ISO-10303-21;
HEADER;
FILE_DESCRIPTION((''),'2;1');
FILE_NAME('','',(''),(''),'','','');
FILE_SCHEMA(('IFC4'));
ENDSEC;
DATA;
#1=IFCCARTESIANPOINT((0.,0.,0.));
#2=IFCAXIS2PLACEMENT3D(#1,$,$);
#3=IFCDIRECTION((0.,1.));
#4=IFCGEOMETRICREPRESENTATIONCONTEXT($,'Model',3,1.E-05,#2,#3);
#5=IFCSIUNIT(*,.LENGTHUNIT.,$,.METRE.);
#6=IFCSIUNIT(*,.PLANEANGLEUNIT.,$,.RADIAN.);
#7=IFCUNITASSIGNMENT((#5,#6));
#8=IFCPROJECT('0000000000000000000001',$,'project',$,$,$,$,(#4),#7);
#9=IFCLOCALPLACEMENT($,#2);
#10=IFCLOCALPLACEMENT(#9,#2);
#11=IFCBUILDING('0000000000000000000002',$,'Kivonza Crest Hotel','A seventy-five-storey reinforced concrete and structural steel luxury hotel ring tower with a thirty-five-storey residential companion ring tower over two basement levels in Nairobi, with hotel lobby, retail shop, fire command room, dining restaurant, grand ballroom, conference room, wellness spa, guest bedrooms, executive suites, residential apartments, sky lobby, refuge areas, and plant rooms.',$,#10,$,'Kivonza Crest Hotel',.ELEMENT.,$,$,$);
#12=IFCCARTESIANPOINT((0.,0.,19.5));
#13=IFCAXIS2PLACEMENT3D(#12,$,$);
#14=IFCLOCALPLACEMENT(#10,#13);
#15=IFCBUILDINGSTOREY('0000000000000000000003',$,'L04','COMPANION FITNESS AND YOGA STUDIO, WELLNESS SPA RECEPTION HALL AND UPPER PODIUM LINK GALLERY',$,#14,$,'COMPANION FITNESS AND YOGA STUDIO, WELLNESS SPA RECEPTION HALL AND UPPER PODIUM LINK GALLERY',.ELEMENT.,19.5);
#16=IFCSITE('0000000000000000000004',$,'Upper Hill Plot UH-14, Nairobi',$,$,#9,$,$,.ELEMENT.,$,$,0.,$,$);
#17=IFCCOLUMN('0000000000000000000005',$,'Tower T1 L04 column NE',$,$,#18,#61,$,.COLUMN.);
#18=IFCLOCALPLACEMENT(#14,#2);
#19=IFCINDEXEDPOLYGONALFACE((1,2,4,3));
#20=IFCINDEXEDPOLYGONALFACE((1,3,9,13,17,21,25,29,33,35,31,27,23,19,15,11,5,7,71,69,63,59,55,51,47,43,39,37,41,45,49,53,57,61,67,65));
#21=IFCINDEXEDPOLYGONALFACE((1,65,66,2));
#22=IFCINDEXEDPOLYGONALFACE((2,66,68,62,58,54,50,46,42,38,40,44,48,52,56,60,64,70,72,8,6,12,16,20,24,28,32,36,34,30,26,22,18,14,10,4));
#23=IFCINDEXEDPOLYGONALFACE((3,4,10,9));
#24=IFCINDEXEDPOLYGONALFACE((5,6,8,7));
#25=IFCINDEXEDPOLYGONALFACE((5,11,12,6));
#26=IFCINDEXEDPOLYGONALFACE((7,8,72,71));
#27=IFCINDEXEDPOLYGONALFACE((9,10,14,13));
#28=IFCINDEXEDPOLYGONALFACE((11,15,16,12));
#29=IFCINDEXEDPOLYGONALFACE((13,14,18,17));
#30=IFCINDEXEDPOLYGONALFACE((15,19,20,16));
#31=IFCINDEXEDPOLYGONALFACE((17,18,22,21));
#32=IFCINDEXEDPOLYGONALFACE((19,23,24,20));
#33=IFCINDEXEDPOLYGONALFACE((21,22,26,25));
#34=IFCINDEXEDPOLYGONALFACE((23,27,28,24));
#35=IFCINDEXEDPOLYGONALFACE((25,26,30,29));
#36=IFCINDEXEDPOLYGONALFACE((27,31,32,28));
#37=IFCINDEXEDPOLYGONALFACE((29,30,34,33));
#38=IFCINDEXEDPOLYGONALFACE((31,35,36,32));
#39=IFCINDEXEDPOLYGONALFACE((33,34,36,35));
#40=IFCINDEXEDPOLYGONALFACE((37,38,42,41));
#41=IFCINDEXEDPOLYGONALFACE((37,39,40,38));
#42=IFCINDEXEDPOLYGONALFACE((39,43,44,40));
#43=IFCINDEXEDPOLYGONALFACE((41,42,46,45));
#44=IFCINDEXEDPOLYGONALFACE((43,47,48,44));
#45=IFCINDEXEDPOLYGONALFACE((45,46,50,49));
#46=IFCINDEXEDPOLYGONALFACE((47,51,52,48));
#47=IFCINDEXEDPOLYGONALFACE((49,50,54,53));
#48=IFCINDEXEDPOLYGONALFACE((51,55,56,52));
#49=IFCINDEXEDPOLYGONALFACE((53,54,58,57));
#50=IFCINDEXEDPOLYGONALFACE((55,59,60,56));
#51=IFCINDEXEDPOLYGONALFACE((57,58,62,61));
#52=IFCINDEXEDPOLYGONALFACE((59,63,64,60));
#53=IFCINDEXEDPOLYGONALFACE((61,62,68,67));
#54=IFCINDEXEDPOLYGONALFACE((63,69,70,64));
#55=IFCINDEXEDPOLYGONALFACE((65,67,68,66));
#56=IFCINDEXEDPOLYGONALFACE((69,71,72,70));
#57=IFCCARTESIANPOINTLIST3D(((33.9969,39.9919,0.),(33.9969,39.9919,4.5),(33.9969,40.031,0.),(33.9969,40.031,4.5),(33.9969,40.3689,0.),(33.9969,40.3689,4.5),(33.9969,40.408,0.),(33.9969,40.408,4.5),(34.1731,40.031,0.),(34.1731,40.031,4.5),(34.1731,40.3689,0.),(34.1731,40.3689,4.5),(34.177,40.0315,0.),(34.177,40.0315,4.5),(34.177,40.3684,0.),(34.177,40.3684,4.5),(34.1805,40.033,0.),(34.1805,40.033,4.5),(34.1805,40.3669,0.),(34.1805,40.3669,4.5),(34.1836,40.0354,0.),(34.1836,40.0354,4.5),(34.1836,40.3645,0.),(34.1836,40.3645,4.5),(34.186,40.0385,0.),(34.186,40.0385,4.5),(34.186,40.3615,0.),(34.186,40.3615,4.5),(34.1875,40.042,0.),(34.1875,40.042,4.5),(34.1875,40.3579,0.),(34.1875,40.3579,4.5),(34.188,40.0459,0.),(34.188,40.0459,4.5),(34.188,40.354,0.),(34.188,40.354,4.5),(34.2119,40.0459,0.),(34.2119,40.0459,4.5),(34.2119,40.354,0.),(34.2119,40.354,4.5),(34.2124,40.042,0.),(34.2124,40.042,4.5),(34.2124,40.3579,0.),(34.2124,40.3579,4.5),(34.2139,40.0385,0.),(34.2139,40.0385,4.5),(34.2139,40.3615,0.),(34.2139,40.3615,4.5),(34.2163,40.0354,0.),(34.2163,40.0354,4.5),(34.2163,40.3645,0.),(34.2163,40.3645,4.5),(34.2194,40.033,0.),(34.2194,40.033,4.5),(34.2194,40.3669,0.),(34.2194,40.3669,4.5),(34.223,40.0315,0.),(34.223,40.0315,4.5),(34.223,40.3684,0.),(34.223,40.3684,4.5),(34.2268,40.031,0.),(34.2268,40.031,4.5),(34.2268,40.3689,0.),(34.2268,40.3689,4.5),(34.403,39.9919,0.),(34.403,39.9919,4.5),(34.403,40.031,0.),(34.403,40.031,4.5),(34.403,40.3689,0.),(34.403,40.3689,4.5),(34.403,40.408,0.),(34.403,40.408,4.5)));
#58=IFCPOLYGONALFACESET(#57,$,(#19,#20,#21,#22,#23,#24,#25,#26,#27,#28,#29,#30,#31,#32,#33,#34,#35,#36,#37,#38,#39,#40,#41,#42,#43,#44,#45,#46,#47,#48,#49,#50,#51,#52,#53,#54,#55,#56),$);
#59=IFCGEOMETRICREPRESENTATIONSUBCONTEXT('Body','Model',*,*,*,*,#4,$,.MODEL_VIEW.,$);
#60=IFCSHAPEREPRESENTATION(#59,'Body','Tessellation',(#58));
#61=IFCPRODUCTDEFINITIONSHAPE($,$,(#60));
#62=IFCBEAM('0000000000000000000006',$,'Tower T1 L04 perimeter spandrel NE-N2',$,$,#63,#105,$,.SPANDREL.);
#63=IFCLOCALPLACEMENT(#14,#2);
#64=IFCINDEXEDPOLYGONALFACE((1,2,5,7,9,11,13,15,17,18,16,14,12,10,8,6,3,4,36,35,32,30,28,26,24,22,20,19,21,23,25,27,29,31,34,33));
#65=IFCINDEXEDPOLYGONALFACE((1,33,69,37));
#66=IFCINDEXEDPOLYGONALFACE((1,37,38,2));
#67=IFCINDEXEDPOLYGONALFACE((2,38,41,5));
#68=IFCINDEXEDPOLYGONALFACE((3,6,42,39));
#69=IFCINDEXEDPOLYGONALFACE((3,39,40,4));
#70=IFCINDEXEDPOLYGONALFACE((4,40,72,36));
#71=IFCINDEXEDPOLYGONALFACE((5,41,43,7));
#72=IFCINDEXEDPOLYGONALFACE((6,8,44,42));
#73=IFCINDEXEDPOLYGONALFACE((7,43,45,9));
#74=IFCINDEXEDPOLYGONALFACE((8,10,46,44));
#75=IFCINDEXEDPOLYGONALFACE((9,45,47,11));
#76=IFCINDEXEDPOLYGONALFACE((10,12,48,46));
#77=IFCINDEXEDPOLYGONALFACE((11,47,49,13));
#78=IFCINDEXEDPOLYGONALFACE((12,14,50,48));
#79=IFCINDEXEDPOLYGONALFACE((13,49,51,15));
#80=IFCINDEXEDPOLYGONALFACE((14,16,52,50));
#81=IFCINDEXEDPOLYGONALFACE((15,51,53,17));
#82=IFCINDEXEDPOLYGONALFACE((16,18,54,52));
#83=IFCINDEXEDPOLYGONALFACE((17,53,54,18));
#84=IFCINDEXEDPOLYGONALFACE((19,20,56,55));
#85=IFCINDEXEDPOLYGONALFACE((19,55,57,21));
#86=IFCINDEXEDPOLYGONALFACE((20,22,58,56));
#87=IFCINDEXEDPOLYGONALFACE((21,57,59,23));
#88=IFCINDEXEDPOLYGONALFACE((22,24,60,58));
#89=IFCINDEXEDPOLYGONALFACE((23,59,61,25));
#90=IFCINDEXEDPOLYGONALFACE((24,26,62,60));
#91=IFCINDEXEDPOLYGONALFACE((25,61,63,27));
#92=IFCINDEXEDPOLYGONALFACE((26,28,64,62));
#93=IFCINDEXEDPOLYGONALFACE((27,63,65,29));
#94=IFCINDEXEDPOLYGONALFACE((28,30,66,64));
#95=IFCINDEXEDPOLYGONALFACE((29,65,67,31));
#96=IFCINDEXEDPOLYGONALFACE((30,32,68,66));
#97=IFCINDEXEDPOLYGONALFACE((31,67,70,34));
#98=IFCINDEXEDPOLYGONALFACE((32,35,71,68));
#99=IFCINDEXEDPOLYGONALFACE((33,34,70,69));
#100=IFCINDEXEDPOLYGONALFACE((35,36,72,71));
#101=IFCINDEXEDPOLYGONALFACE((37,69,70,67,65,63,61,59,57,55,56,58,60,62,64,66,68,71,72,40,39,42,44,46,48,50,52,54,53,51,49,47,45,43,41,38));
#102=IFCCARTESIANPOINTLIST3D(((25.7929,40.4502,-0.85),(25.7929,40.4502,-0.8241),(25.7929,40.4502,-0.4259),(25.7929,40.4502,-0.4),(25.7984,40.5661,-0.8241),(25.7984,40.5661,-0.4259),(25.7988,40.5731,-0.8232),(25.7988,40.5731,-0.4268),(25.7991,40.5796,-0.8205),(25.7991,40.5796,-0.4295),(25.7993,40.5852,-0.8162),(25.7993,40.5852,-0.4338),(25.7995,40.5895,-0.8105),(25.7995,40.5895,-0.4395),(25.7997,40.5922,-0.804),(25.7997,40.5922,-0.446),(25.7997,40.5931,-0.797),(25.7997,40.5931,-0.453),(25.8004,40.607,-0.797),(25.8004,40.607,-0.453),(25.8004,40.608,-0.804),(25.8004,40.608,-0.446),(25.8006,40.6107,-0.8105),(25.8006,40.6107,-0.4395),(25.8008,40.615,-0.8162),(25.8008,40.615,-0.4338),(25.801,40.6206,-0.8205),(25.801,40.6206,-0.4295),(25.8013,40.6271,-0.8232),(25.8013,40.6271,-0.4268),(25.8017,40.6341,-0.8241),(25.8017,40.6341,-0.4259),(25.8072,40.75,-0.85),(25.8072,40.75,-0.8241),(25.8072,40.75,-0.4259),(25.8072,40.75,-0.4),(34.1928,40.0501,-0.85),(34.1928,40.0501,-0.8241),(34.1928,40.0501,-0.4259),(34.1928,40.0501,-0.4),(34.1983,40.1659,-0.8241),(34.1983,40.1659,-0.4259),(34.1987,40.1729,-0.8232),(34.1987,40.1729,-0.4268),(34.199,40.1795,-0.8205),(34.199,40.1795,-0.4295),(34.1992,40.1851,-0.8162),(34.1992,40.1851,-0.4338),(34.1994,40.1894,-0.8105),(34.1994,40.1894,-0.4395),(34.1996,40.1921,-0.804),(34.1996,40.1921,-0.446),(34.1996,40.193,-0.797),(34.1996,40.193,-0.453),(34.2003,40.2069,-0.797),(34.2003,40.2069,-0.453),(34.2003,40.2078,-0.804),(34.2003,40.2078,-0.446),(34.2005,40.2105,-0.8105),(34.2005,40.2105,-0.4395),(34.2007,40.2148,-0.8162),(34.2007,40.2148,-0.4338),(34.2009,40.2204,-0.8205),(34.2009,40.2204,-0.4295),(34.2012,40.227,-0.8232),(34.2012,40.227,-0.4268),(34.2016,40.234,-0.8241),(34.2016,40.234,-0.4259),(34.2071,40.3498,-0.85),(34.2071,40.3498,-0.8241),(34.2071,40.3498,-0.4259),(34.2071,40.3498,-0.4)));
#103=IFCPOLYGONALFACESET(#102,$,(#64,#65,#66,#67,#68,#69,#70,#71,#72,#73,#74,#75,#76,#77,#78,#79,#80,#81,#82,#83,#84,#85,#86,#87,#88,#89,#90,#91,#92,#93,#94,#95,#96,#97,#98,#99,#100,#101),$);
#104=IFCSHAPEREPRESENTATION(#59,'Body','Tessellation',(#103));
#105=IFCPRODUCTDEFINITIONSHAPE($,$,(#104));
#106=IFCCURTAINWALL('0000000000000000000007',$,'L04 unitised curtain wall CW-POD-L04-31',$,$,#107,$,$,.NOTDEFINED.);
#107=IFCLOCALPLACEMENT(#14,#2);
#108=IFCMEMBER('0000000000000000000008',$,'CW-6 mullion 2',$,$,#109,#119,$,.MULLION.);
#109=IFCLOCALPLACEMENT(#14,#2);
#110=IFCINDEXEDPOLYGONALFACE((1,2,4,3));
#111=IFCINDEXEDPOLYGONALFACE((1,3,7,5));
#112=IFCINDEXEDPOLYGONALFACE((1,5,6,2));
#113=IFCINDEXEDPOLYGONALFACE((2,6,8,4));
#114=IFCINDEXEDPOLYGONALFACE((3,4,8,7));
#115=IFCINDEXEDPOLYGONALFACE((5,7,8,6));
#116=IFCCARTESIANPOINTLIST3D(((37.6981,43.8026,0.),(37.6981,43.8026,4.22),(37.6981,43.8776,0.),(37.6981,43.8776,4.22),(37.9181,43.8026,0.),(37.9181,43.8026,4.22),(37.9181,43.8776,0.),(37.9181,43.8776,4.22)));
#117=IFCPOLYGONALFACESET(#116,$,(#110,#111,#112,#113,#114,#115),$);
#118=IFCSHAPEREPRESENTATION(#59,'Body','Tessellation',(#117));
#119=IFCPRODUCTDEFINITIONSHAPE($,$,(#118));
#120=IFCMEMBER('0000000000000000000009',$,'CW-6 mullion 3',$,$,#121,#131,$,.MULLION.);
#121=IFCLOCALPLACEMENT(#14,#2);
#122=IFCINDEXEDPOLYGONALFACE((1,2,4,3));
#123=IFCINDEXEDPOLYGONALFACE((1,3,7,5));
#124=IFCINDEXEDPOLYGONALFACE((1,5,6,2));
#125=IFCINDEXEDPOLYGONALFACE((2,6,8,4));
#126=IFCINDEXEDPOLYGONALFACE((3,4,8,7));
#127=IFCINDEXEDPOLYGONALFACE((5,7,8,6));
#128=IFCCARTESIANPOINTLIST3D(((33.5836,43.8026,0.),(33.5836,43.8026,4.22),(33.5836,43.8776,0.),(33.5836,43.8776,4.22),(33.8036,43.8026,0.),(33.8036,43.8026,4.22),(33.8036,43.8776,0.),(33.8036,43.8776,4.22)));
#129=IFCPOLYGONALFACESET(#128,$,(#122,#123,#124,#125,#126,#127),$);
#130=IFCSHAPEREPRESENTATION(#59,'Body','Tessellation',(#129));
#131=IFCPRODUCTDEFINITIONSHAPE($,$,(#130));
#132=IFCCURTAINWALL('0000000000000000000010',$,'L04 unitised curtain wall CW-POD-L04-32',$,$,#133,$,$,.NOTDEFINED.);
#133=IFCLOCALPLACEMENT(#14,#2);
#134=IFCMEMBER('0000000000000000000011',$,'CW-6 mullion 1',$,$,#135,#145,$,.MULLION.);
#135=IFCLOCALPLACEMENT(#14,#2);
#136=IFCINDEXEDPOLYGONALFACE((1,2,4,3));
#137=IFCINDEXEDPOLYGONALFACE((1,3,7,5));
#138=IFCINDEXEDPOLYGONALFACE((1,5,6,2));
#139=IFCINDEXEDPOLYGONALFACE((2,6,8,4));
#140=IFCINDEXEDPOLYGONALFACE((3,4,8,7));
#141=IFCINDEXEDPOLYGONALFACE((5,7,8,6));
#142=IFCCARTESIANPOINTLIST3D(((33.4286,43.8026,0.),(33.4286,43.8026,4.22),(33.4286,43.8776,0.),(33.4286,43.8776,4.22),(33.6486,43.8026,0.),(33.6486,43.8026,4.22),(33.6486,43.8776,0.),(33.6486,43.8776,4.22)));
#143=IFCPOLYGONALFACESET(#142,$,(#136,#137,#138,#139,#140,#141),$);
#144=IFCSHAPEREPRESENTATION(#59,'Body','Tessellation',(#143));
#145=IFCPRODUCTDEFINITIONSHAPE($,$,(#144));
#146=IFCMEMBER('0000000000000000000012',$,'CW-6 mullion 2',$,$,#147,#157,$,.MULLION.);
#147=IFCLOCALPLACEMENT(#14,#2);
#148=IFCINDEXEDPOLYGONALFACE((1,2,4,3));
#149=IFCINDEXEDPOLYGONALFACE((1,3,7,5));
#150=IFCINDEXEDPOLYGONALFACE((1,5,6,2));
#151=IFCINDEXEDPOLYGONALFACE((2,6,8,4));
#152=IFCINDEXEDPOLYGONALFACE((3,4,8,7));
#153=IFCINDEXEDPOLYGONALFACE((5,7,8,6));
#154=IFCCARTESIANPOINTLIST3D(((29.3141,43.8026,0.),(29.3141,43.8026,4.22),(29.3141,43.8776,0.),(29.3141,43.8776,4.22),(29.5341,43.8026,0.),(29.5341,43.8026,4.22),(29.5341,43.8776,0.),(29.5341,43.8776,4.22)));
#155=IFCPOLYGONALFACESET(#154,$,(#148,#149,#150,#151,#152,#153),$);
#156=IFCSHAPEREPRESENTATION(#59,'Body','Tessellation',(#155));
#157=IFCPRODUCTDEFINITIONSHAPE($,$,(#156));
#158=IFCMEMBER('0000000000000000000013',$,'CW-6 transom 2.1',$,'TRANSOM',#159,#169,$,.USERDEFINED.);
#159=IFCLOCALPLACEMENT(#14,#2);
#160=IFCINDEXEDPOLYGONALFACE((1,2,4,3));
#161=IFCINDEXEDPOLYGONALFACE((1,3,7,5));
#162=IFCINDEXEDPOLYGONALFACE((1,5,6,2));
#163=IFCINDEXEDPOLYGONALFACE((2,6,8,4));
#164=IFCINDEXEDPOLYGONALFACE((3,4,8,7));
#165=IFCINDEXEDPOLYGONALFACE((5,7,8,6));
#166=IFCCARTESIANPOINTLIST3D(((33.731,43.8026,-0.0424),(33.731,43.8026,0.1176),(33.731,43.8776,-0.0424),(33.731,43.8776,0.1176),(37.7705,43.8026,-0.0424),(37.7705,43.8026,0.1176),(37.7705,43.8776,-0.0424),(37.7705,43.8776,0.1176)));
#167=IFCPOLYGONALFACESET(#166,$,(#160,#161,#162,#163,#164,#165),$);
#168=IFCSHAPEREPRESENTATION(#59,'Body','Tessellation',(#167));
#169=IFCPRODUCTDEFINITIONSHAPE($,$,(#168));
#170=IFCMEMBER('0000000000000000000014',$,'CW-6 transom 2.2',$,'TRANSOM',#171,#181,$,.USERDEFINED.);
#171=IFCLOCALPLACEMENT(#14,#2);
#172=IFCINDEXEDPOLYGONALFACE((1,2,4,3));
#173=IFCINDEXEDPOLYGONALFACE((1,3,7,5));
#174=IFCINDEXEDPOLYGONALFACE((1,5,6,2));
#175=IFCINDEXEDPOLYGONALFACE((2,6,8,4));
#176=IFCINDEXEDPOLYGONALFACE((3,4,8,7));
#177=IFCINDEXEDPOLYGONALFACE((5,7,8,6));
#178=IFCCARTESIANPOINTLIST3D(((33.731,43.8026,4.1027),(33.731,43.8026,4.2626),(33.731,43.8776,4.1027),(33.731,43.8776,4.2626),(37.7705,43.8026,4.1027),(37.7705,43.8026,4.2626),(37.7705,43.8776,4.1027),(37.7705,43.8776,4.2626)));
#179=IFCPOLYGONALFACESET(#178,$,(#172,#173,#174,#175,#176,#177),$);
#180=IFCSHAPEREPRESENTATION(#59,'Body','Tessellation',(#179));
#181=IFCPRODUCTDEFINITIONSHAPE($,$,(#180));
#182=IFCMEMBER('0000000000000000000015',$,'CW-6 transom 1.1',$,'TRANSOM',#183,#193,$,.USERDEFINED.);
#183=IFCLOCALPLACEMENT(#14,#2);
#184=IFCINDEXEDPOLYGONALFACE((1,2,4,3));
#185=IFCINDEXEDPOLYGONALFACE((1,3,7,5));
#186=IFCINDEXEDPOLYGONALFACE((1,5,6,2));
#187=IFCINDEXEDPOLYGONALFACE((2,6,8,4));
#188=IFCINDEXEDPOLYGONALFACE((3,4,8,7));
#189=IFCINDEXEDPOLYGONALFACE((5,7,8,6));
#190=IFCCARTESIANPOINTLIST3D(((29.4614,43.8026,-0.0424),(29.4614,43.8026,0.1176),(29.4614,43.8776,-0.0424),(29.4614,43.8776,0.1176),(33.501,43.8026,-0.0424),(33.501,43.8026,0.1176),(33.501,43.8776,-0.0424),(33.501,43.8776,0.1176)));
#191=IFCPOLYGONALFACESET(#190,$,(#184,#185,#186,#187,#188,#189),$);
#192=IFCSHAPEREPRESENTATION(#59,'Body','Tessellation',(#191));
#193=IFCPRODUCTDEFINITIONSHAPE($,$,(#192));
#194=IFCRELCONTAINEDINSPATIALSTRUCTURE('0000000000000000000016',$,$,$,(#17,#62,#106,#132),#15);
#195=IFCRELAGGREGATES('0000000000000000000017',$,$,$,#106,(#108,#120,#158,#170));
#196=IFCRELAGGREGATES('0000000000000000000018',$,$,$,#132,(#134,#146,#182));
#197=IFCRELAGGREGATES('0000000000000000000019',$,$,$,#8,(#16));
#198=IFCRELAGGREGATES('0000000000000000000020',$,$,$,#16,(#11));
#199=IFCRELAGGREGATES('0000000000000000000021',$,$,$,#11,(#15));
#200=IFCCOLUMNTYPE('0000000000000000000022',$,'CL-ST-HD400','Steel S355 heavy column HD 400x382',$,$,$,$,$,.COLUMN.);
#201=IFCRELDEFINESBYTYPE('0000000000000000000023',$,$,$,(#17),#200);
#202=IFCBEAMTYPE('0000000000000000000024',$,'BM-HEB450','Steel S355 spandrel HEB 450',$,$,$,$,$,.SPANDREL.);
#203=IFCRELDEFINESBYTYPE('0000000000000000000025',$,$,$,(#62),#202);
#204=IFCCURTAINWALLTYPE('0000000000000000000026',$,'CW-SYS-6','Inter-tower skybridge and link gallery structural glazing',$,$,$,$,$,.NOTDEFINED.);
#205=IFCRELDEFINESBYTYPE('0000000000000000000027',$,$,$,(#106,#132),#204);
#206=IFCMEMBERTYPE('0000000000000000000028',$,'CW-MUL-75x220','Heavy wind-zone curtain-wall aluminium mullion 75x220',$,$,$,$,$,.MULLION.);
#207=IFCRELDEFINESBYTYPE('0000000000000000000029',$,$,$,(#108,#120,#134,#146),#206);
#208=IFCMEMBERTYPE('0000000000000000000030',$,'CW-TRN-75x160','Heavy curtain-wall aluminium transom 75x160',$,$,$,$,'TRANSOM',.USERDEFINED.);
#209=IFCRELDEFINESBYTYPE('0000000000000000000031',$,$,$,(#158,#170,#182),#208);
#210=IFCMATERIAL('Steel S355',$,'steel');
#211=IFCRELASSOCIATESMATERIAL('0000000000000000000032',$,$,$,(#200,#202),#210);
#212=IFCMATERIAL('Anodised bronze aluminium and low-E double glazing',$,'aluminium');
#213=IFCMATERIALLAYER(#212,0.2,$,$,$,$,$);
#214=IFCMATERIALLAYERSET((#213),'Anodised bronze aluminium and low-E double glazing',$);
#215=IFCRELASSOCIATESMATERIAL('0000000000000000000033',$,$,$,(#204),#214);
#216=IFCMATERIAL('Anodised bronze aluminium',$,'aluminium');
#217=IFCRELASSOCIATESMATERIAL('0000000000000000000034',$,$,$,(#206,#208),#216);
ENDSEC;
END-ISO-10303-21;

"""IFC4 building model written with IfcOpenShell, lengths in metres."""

from ifc_helpers import new_model, si_unit, direction, frame, origin, origin_2d, place, context, subcontext, project, spatial, rectangle, i_section, extrude, material, layer, layer_set, material_profile, profile_set, type_object, element, aggregate, save


model = new_model("IFC4")

# Units and contexts
model_context = context("Model", 3, precision=1e-05, world=origin(), true_north=direction((0.0, 1.0)))
body_context = subcontext(model_context, "Body", "Model", "MODEL_VIEW")
ifc_project = project(units=[si_unit("LENGTHUNIT", "METRE"), si_unit("PLANEANGLEUNIT", "RADIAN")], contexts=[model_context])

# Site, building, storey
site_placement = place(None, origin())
site = spatial("IfcSite", under=ifc_project, at=site_placement, Name="Upper Hill Plot UH-14, Nairobi", CompositionType="ELEMENT", RefElevation=0.0)
building_placement = place(site_placement, origin())
building = spatial("IfcBuilding", under=site, at=building_placement, Name="Kivonza Crest Hotel", Description="A seventy-five-storey reinforced concrete and structural steel luxury hotel ring tower with a thirty-five-storey residential companion ring tower over two basement levels in Nairobi, with hotel lobby, retail shop, fire command room, dining restaurant, grand ballroom, conference room, wellness spa, guest bedrooms, executive suites, residential apartments, sky lobby, refuge areas, and plant rooms.", LongName="Kivonza Crest Hotel", CompositionType="ELEMENT")
storey_placement = place(building_placement, frame((0.0, 0.0, 19.5)))
storey = spatial("IfcBuildingStorey", under=building, at=storey_placement, Name="L04", Description="COMPANION FITNESS AND YOGA STUDIO, WELLNESS SPA RECEPTION HALL AND UPPER PODIUM LINK GALLERY", LongName="COMPANION FITNESS AND YOGA STUDIO, WELLNESS SPA RECEPTION HALL AND UPPER PODIUM LINK GALLERY", CompositionType="ELEMENT", Elevation=19.5)

# Column
ifc_material_1 = material(Name="Steel S355", Category="steel")
ifc_material_profile_1 = material_profile(ifc_material_1, i_section(OverallWidth=0.406, OverallDepth=0.416, WebThickness=0.0239, FlangeThickness=0.0391, FilletRadius=0.0149, at=origin_2d()), Name="HD 400x382")
ifc_profile_set_1 = profile_set([ifc_material_profile_1], Name="Steel S355")
column_type = type_object("IfcColumnType", Name="CL-ST-HD400", Description="Steel S355 heavy column HD 400x382", PredefinedType="COLUMN", material=ifc_profile_set_1)
column_placement = place(storey_placement, frame((34.2, 40.2, 0.0), z_axis=(0.0, 0.0, 1.0), x_axis=(1.0, 0.0, 0.0)))
element("IfcColumn", 1, at=column_placement, inside=storey, type_object=column_type, Name="Tower T1 L04 column NE", PredefinedType="COLUMN", context=body_context, shape_type="SweptSolid", body=[
    extrude(i_section(OverallWidth=0.406, OverallDepth=0.416, WebThickness=0.0239, FlangeThickness=0.0391, FilletRadius=0.0149, at=origin_2d()), origin(), (0.0, 0.0, 1.0), 4.5),
])

# Beam
ifc_material_profile_2 = material_profile(ifc_material_1, i_section(OverallWidth=0.3, OverallDepth=0.45, WebThickness=0.0139, FlangeThickness=0.0259, FilletRadius=0.0271, at=origin_2d()), Name="HEB 450")
ifc_profile_set_2 = profile_set([ifc_material_profile_2], Name="Steel S355")
beam_type = type_object("IfcBeamType", Name="BM-HEB450", Description="Steel S355 spandrel HEB 450", PredefinedType="SPANDREL", material=ifc_profile_set_2)
beam_placement = place(storey_placement, frame((34.2, 40.2, -0.625), z_axis=(-0.998867, 0.047583, 0.0), x_axis=(-0.047583, -0.998867, 0.0)))
element("IfcBeam", 2, at=beam_placement, inside=storey, type_object=beam_type, Name="Tower T1 L04 perimeter spandrel NE-N2", PredefinedType="SPANDREL", context=body_context, shape_type="SweptSolid", body=[
    extrude(i_section(OverallWidth=0.3, OverallDepth=0.45, WebThickness=0.0139, FlangeThickness=0.0259, FilletRadius=0.0271, at=origin_2d()), origin(), (0.0, 0.0, 1.0), 8.4094),
])

# Curtain walls, members
ifc_material_2 = material(Name="Anodised bronze aluminium and low-E double glazing", Category="aluminium")
ifc_layer_1 = layer(ifc_material_2, 0.2)
ifc_layer_set_1 = layer_set([ifc_layer_1], Name="Anodised bronze aluminium and low-E double glazing")
curtain_wall_type = type_object("IfcCurtainWallType", Name="CW-SYS-6", Description="Inter-tower skybridge and link gallery structural glazing", PredefinedType="NOTDEFINED", material=ifc_layer_set_1)
curtain_wall_1_placement = place(storey_placement, origin())
curtain_wall_1 = element("IfcCurtainWall", 3, at=curtain_wall_1_placement, inside=storey, type_object=curtain_wall_type, Name="L04 unitised curtain wall CW-POD-L04-31", PredefinedType="NOTDEFINED")
ifc_material_3 = material(Name="Anodised bronze aluminium", Category="aluminium")
ifc_material_profile_3 = material_profile(ifc_material_3, rectangle(XDim=0.075, YDim=0.22, at=origin_2d()), Name="CW-M 75x220")
ifc_profile_set_3 = profile_set([ifc_material_profile_3], Name="Anodised bronze aluminium")
member_type_1 = type_object("IfcMemberType", Name="CW-MUL-75x220", Description="Heavy wind-zone curtain-wall aluminium mullion 75x220", PredefinedType="MULLION", material=ifc_profile_set_3)
member_1_placement = place(storey_placement, frame((37.8081, 43.8401, 0.0), z_axis=(0.0, 0.0, 1.0), x_axis=(0.0, -1.0, 0.0)))
member_1 = element("IfcMember", 4, at=member_1_placement, type_object=member_type_1, Name="CW-6 mullion 2", PredefinedType="MULLION", context=body_context, shape_type="SweptSolid", body=[
    extrude(rectangle(XDim=0.075, YDim=0.22, at=origin_2d()), origin(), (0.0, 0.0, 1.0), 4.22),
])
member_2_placement = place(storey_placement, frame((33.6936, 43.8401, 0.0), z_axis=(0.0, 0.0, 1.0), x_axis=(0.0, -1.0, 0.0)))
member_2 = element("IfcMember", 5, at=member_2_placement, type_object=member_type_1, Name="CW-6 mullion 3", PredefinedType="MULLION", context=body_context, shape_type="SweptSolid", body=[
    extrude(rectangle(XDim=0.075, YDim=0.22, at=origin_2d()), origin(), (0.0, 0.0, 1.0), 4.22),
])
curtain_wall_2_placement = place(storey_placement, origin())
curtain_wall_2 = element("IfcCurtainWall", 6, at=curtain_wall_2_placement, inside=storey, type_object=curtain_wall_type, Name="L04 unitised curtain wall CW-POD-L04-32", PredefinedType="NOTDEFINED")
member_3_placement = place(storey_placement, frame((33.5386, 43.8401, 0.0), z_axis=(0.0, 0.0, 1.0), x_axis=(0.0, -1.0, 0.0)))
member_3 = element("IfcMember", 7, at=member_3_placement, type_object=member_type_1, Name="CW-6 mullion 1", PredefinedType="MULLION", context=body_context, shape_type="SweptSolid", body=[
    extrude(rectangle(XDim=0.075, YDim=0.22, at=origin_2d()), origin(), (0.0, 0.0, 1.0), 4.22),
])
member_4_placement = place(storey_placement, frame((29.4241, 43.8401, 0.0), z_axis=(0.0, 0.0, 1.0), x_axis=(0.0, -1.0, 0.0)))
member_4 = element("IfcMember", 8, at=member_4_placement, type_object=member_type_1, Name="CW-6 mullion 2", PredefinedType="MULLION", context=body_context, shape_type="SweptSolid", body=[
    extrude(rectangle(XDim=0.075, YDim=0.22, at=origin_2d()), origin(), (0.0, 0.0, 1.0), 4.22),
])

# Members
ifc_material_profile_4 = material_profile(ifc_material_3, rectangle(XDim=0.075, YDim=0.1599, at=origin_2d()), Name="CW-T 75x160")
ifc_profile_set_4 = profile_set([ifc_material_profile_4], Name="Anodised bronze aluminium")
member_type_2 = type_object("IfcMemberType", Name="CW-TRN-75x160", Description="Heavy curtain-wall aluminium transom 75x160", ElementType="TRANSOM", PredefinedType="USERDEFINED", material=ifc_profile_set_4)
member_5_placement = place(storey_placement, frame((37.7705, 43.8401, 0.0376), z_axis=(-1.0, 0.0, 0.0), x_axis=(0.0, -1.0, 0.0)))
member_5 = element("IfcMember", 9, at=member_5_placement, type_object=member_type_2, Name="CW-6 transom 2.1", ObjectType="TRANSOM", PredefinedType="USERDEFINED", context=body_context, shape_type="SweptSolid", body=[
    extrude(rectangle(XDim=0.075, YDim=0.1599, at=origin_2d()), origin(), (0.0, 0.0, 1.0), 4.0396),
])
member_6_placement = place(storey_placement, frame((37.7705, 43.8401, 4.1826), z_axis=(-1.0, 0.0, 0.0), x_axis=(0.0, -1.0, 0.0)))
member_6 = element("IfcMember", 10, at=member_6_placement, type_object=member_type_2, Name="CW-6 transom 2.2", ObjectType="TRANSOM", PredefinedType="USERDEFINED", context=body_context, shape_type="SweptSolid", body=[
    extrude(rectangle(XDim=0.075, YDim=0.1599, at=origin_2d()), origin(), (0.0, 0.0, 1.0), 4.0396),
])
member_7_placement = place(storey_placement, frame((33.501, 43.8401, 0.0376), z_axis=(-1.0, 0.0, 0.0), x_axis=(0.0, -1.0, 0.0)))
member_7 = element("IfcMember", 11, at=member_7_placement, type_object=member_type_2, Name="CW-6 transom 1.1", ObjectType="TRANSOM", PredefinedType="USERDEFINED", context=body_context, shape_type="SweptSolid", body=[
    extrude(rectangle(XDim=0.075, YDim=0.1599, at=origin_2d()), origin(), (0.0, 0.0, 1.0), 4.0396),
])

aggregate(curtain_wall_1, [member_1, member_2, member_5, member_6])
aggregate(curtain_wall_2, [member_3, member_4, member_7])

save(model, "model.ifc")
